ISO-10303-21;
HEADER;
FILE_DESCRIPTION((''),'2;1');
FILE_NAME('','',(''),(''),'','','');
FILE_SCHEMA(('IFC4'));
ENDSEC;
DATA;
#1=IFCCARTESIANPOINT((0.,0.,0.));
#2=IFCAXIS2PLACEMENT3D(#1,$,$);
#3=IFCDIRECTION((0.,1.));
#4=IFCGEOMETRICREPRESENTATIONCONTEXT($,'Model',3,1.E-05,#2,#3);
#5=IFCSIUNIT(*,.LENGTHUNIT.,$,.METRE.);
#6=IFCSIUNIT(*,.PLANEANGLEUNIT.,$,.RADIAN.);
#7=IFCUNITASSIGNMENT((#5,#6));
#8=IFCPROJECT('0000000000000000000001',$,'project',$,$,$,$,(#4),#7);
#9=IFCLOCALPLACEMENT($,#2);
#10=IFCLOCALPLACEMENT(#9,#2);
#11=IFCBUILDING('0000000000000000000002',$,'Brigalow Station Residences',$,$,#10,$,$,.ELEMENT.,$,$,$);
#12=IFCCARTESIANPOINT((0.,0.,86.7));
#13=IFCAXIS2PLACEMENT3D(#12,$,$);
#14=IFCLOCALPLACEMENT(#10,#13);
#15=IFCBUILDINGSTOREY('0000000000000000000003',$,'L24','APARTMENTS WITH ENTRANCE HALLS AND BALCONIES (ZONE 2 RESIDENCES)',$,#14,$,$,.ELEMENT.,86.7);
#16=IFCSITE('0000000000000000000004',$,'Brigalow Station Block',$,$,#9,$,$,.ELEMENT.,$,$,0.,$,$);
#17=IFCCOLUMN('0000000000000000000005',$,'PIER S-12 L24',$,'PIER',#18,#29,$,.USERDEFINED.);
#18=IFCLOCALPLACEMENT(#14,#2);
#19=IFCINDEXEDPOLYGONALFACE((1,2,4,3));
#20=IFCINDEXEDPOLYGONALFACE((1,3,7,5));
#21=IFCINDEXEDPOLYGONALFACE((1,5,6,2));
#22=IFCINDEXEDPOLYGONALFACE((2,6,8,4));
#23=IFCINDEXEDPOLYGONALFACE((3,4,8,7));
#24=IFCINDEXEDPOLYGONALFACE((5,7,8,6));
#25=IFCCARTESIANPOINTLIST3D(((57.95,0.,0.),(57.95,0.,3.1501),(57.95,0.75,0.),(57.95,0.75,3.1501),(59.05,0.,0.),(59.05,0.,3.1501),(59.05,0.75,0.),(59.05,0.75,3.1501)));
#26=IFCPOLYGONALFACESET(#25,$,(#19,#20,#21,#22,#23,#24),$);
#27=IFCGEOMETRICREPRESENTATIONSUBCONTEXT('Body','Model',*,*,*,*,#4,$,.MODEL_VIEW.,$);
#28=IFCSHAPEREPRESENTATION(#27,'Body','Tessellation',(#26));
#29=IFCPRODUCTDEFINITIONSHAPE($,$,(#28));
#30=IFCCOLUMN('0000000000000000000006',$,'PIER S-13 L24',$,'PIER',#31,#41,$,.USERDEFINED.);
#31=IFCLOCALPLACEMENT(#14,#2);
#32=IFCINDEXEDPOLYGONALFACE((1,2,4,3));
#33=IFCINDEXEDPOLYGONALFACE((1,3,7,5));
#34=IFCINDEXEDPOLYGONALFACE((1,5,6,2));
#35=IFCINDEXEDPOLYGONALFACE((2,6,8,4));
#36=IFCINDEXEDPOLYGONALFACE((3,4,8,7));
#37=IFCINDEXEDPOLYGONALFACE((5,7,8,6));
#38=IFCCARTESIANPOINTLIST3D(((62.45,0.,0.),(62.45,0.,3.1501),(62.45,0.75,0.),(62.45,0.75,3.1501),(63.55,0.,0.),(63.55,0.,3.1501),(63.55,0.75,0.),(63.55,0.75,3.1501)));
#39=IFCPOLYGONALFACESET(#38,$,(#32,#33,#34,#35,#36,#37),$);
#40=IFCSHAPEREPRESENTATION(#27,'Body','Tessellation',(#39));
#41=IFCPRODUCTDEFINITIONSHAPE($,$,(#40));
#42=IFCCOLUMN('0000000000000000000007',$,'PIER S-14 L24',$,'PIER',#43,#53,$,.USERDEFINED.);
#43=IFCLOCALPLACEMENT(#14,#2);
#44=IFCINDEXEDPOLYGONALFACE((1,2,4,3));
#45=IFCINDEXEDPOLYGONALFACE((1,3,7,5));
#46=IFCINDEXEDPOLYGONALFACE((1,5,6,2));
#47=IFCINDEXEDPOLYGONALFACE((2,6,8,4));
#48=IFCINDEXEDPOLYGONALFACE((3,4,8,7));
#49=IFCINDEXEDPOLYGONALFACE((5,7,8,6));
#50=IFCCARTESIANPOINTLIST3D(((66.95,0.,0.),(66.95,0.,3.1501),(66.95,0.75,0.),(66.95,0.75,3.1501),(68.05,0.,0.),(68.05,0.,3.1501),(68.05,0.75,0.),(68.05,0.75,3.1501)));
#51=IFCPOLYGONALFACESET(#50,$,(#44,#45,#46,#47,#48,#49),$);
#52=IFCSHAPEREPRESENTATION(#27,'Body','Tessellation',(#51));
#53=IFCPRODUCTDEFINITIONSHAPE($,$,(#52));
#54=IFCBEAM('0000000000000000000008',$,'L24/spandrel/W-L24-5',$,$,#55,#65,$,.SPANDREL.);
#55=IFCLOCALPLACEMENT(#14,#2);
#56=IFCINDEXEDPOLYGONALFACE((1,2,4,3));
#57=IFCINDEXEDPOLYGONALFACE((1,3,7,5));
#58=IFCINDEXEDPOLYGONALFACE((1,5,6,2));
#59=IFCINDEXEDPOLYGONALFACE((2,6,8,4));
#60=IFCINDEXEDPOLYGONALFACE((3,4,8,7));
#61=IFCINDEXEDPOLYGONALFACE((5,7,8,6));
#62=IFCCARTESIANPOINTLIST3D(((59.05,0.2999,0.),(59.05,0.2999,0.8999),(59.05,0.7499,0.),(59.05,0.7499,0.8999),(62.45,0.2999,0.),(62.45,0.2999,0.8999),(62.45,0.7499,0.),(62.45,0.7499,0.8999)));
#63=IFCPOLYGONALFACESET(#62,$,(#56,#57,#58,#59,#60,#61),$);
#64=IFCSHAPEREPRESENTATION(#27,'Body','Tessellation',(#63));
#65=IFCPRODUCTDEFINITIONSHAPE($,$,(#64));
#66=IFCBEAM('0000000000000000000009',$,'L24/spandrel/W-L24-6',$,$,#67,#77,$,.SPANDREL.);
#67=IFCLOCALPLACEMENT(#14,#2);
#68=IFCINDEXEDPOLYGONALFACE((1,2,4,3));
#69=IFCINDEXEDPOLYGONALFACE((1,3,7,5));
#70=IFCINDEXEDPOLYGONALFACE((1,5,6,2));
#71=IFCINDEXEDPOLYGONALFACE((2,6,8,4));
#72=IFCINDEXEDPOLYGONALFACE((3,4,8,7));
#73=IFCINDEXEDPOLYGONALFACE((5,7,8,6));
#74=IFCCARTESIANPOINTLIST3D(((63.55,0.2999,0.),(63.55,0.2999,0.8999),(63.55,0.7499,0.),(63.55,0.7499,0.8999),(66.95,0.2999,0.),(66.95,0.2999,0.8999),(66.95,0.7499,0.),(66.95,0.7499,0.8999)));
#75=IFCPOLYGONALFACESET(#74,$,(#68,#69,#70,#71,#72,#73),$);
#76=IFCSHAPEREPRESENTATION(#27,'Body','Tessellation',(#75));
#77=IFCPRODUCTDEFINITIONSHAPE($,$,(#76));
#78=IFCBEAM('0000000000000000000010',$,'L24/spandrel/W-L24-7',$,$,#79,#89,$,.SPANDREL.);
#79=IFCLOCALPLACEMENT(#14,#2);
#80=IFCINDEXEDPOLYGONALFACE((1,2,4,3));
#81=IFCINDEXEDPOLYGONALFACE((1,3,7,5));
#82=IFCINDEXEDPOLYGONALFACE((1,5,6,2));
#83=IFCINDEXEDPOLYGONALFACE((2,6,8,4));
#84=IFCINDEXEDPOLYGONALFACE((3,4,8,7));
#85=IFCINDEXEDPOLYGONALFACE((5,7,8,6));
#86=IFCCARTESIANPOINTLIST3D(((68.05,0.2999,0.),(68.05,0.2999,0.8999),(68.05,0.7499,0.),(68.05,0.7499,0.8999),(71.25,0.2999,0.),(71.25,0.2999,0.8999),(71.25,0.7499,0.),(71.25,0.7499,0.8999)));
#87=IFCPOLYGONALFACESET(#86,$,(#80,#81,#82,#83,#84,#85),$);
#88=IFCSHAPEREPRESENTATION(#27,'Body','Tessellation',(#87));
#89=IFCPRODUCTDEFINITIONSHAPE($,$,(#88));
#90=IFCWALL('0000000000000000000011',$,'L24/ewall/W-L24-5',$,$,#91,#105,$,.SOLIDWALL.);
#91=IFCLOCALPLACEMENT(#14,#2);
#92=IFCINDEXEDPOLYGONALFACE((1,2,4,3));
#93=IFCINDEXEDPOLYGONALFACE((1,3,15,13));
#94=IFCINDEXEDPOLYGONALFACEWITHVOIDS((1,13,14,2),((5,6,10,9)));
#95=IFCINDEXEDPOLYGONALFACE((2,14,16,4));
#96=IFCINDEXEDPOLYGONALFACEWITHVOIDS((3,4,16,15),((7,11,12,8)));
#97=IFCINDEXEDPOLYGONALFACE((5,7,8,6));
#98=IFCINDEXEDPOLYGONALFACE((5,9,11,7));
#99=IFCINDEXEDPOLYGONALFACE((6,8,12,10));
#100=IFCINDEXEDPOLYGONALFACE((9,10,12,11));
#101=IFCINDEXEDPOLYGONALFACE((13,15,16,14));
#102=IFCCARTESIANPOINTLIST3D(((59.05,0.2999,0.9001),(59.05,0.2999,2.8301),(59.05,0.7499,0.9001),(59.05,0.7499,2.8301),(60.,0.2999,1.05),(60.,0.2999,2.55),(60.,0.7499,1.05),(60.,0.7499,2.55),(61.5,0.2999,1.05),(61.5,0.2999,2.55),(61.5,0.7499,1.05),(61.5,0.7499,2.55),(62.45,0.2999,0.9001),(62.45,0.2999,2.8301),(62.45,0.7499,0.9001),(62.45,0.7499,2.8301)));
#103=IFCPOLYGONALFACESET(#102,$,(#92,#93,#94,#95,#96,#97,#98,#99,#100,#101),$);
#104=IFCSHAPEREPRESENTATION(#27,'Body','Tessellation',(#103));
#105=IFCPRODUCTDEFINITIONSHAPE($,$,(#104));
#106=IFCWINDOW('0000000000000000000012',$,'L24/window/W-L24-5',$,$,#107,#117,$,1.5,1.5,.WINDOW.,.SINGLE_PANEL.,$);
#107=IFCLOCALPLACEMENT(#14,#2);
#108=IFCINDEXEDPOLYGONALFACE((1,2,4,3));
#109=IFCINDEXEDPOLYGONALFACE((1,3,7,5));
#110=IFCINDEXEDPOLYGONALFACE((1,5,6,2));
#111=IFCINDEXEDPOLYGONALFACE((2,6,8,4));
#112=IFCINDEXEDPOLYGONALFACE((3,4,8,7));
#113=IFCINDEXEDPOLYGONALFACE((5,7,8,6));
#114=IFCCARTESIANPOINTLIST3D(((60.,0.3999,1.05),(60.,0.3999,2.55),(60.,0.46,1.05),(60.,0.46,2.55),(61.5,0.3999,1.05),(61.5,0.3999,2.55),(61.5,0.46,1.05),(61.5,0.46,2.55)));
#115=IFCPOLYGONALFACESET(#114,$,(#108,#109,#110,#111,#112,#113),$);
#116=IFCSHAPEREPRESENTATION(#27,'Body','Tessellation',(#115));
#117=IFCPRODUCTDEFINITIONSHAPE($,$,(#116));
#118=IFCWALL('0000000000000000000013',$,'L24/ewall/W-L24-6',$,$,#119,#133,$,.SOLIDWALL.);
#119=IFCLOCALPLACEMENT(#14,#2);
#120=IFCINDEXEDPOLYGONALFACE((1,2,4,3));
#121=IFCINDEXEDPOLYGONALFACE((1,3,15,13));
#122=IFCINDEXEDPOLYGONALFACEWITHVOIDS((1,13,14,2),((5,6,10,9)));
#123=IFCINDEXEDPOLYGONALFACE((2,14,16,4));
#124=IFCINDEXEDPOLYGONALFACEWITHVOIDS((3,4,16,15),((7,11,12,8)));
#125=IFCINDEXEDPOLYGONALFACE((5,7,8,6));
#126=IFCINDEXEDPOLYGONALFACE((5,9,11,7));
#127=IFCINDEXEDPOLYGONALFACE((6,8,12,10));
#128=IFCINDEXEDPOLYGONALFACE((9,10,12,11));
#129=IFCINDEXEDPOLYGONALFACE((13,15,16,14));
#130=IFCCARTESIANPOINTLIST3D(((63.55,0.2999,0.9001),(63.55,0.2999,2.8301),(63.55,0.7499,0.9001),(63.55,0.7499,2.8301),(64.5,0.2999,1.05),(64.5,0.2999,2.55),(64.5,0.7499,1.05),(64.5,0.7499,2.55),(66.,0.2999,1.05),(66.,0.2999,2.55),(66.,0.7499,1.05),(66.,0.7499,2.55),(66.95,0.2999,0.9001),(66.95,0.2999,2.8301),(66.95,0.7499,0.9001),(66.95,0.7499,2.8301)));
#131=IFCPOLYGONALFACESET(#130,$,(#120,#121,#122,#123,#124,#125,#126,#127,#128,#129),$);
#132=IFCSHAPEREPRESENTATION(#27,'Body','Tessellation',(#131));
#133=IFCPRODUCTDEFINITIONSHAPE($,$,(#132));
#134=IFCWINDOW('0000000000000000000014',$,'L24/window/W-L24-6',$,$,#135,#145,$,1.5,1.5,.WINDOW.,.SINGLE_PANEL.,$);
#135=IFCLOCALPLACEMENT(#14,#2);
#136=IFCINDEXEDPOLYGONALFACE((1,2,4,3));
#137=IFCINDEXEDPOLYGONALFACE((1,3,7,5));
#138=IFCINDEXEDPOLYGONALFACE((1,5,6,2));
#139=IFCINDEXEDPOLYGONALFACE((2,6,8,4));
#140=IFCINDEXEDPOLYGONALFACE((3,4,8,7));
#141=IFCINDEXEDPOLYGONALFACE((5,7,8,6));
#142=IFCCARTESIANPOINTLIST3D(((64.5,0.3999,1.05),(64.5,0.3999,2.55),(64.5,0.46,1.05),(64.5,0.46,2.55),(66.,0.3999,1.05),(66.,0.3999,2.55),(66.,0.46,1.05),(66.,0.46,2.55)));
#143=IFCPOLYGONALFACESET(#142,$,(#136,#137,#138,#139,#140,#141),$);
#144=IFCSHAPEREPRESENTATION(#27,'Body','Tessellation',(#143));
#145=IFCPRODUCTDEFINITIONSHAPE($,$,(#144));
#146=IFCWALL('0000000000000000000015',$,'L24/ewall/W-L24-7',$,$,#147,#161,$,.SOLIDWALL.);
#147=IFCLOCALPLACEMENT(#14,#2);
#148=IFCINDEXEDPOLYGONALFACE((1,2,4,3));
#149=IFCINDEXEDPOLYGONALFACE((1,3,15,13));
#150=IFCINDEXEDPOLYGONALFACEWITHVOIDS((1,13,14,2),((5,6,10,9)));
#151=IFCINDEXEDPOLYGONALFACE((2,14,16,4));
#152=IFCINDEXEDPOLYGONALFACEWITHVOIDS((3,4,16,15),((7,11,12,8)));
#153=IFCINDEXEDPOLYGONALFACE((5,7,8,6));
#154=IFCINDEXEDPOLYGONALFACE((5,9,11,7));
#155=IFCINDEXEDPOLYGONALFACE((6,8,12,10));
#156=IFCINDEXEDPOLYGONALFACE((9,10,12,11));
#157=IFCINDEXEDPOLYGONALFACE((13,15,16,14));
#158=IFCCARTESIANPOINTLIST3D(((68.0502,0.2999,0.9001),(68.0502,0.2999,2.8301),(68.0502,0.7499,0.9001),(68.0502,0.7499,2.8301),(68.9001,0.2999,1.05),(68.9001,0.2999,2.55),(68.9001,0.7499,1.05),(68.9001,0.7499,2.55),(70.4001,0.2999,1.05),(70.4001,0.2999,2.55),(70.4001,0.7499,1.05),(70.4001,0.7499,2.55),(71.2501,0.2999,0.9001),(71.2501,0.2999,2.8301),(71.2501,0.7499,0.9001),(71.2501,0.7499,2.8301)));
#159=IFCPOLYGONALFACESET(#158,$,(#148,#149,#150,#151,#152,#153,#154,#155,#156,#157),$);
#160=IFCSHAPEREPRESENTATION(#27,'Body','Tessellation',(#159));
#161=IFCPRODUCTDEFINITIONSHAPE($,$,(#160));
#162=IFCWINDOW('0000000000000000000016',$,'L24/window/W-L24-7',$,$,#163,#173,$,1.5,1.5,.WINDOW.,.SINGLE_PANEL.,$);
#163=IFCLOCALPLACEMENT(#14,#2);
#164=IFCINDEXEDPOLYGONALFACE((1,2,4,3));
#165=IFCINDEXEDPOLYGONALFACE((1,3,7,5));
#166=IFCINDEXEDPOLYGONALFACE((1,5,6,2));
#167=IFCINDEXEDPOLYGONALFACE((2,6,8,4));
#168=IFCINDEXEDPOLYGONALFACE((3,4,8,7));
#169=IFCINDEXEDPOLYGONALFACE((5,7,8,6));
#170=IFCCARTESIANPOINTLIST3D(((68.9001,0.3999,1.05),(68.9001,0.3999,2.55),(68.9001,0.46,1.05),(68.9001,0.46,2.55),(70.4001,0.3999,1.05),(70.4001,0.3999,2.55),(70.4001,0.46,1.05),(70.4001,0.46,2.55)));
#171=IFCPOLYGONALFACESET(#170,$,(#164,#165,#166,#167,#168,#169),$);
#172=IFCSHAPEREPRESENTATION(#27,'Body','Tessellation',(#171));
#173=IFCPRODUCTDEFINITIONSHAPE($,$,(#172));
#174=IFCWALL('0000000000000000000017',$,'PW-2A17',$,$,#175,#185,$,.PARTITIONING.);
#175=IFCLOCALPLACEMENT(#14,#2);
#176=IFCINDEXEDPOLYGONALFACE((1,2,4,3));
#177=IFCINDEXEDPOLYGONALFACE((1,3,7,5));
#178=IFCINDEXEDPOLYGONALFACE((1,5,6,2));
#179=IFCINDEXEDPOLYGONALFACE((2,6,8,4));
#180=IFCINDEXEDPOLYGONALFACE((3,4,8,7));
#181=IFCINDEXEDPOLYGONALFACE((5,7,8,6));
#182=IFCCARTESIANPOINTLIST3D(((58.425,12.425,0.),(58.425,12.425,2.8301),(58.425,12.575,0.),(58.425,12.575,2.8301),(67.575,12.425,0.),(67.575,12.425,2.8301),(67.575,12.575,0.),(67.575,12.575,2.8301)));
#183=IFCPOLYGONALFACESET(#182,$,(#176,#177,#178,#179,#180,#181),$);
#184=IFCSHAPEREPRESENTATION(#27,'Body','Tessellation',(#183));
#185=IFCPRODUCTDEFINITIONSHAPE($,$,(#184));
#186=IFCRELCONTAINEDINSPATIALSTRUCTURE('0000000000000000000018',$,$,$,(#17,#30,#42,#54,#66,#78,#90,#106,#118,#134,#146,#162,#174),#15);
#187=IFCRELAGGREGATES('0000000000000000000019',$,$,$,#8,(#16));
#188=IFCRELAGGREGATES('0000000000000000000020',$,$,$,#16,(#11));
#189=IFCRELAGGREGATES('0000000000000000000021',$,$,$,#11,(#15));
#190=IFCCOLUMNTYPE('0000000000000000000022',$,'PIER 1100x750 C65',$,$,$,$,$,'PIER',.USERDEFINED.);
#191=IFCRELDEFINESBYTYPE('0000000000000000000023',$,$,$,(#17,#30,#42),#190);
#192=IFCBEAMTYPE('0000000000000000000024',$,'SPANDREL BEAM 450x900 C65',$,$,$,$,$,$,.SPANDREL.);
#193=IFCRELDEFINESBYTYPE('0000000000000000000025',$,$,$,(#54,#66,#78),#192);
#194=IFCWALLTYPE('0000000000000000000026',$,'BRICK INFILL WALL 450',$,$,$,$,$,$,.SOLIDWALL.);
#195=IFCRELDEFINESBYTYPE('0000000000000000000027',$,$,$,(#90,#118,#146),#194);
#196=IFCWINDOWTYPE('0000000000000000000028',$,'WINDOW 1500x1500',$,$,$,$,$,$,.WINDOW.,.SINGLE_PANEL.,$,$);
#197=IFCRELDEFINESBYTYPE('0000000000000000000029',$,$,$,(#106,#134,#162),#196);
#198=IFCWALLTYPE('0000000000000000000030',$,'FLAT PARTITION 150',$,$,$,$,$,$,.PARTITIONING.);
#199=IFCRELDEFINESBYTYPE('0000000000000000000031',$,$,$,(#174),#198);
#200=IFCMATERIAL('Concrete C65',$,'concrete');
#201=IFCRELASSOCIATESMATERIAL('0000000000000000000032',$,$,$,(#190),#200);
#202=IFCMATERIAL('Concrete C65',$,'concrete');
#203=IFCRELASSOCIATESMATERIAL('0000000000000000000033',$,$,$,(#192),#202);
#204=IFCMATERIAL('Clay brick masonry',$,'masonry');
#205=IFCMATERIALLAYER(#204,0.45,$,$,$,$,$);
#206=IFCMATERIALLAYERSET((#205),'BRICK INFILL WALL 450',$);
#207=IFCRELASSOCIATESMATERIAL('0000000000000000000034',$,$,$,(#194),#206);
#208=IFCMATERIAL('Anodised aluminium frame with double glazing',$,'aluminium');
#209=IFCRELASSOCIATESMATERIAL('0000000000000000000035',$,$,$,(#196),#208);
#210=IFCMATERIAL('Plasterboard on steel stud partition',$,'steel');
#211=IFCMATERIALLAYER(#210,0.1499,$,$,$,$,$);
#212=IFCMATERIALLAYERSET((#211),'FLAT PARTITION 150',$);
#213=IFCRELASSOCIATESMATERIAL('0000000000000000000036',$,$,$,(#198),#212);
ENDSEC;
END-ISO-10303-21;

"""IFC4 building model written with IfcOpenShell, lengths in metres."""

from ifc_helpers import new_model, si_unit, direction, frame, frame_2d, origin, origin_2d, place, context, subcontext, project, spatial, rectangle, extrude, material, layer, layer_set, material_profile, profile_set, type_object, element, fill, save


model = new_model("IFC4")

# Units and contexts
model_context = context("Model", 3, precision=1e-05, world=origin(), true_north=direction((0.0, 1.0)))
body_context = subcontext(model_context, "Body", "Model", "MODEL_VIEW")
ifc_project = project(units=[si_unit("LENGTHUNIT", "METRE"), si_unit("PLANEANGLEUNIT", "RADIAN")], contexts=[model_context])

# Site, building, storey
site_placement = place(None, origin())
site = spatial("IfcSite", under=ifc_project, at=site_placement, Name="Brigalow Station Block", CompositionType="ELEMENT", RefElevation=0.0)
building_placement = place(site_placement, origin())
building = spatial("IfcBuilding", under=site, at=building_placement, Name="Brigalow Station Residences", CompositionType="ELEMENT")
storey_placement = place(building_placement, frame((0.0, 0.0, 86.7)))
storey = spatial("IfcBuildingStorey", under=building, at=storey_placement, Name="L24", Description="APARTMENTS WITH ENTRANCE HALLS AND BALCONIES (ZONE 2 RESIDENCES)", CompositionType="ELEMENT", Elevation=86.7)

# Columns
ifc_material_1 = material(Name="Concrete C65", Category="concrete")
ifc_material_profile_1 = material_profile(ifc_material_1, rectangle(XDim=1.1001, YDim=0.75, at=origin_2d()), Name="RC1100x750")
ifc_profile_set_1 = profile_set([ifc_material_profile_1], Name="Concrete C65")
column_type = type_object("IfcColumnType", Name="PIER 1100x750 C65", ElementType="PIER", PredefinedType="USERDEFINED", material=ifc_profile_set_1)
for number, where, z_axis, x_axis, name in (
    (1, (58.5, 0.375, 0.0), (0.0, 0.0, 1.0), (1.0, 0.0, 0.0), "PIER S-12 L24"),
    (2, (63.0, 0.375, 0.0), (0.0, 0.0, 1.0), (1.0, 0.0, 0.0), "PIER S-13 L24"),
    (3, (67.5, 0.375, 0.0), (0.0, 0.0, 1.0), (1.0, 0.0, 0.0), "PIER S-14 L24"),
):
    element("IfcColumn", number, at=place(storey_placement, frame(where, z_axis=z_axis, x_axis=x_axis)), inside=storey, type_object=column_type, Name=name, ObjectType="PIER", PredefinedType="USERDEFINED", context=body_context, shape_type="SweptSolid", body=[
        extrude(rectangle(XDim=1.1001, YDim=0.75, at=origin_2d()), origin(), (0.0, 0.0, 1.0), 3.1501),
    ])

# Beams
ifc_material_2 = material(Name="Concrete C65", Category="concrete")
ifc_material_profile_2 = material_profile(ifc_material_2, rectangle(XDim=0.45, YDim=0.8999, at=origin_2d()), Name="RC450x900")
ifc_profile_set_2 = profile_set([ifc_material_profile_2], Name="Concrete C65")
beam_type = type_object("IfcBeamType", Name="SPANDREL BEAM 450x900 C65", PredefinedType="SPANDREL", material=ifc_profile_set_2)
for number, where, z_axis, x_axis, name in (
    (4, (59.05, 0.5249, 0.45), (1.0, 0.0, 0.0), (0.0, 1.0, 0.0), "L24/spandrel/W-L24-5"),
    (5, (63.55, 0.5249, 0.45), (1.0, 0.0, 0.0), (0.0, 1.0, 0.0), "L24/spandrel/W-L24-6"),
):
    element("IfcBeam", number, at=place(storey_placement, frame(where, z_axis=z_axis, x_axis=x_axis)), inside=storey, type_object=beam_type, Name=name, PredefinedType="SPANDREL", context=body_context, shape_type="SweptSolid", body=[
        extrude(rectangle(XDim=0.45, YDim=0.8999, at=origin_2d()), origin(), (0.0, 0.0, 1.0), 3.3999),
    ])
beam_placement = place(storey_placement, frame((68.05, 0.5249, 0.45), z_axis=(1.0, 0.0, 0.0), x_axis=(0.0, 1.0, 0.0)))
element("IfcBeam", 6, at=beam_placement, inside=storey, type_object=beam_type, Name="L24/spandrel/W-L24-7", PredefinedType="SPANDREL", context=body_context, shape_type="SweptSolid", body=[
    extrude(rectangle(XDim=0.45, YDim=0.8999, at=origin_2d()), origin(), (0.0, 0.0, 1.0), 3.2),
])

# Walls, openings, windows
ifc_material_3 = material(Name="Clay brick masonry", Category="masonry")
ifc_layer_1 = layer(ifc_material_3, 0.45)
ifc_layer_set_1 = layer_set([ifc_layer_1], Name="BRICK INFILL WALL 450")
wall_type_1 = type_object("IfcWallType", Name="BRICK INFILL WALL 450", PredefinedType="SOLIDWALL", material=ifc_layer_set_1)
wall_1_placement = place(storey_placement, frame((59.05, 0.5249, 0.9001), z_axis=(0.0, 0.0, 1.0), x_axis=(1.0, 0.0, 0.0)))
wall_1 = element("IfcWall", 7, at=wall_1_placement, inside=storey, type_object=wall_type_1, Name="L24/ewall/W-L24-5", PredefinedType="SOLIDWALL", context=body_context, shape_type="SweptSolid", body=[
    extrude(rectangle(XDim=3.3999, YDim=0.45, at=frame_2d((1.7, 0.0))), origin(), (0.0, 0.0, 1.0), 1.9299),
])
opening_1_placement = place(wall_1_placement, frame((0.95, 0.0, 0.1499)))
opening_1 = element("IfcOpeningElement", 8, at=opening_1_placement, cuts=wall_1, PredefinedType="OPENING", context=body_context, shape_type="SweptSolid", body=[
    extrude(rectangle(XDim=1.5, YDim=1.5, at=frame_2d((0.75, 0.75))), frame((0.0, 0.2349, 0.0), z_axis=(0.0, -1.0, 0.0), x_axis=(1.0, 0.0, 0.0)), (0.0, 0.0, 1.0), 0.47),
])
ifc_material_4 = material(Name="Anodised aluminium frame with double glazing", Category="aluminium")
window_type = type_object("IfcWindowType", Name="WINDOW 1500x1500", PartitioningType="SINGLE_PANEL", PredefinedType="WINDOW", material=ifc_material_4)
window_1_placement = place(opening_1_placement, origin())
window_1 = element("IfcWindow", 9, at=window_1_placement, inside=storey, type_object=window_type, Name="L24/window/W-L24-5", OverallHeight=1.5, OverallWidth=1.5, PartitioningType="SINGLE_PANEL", PredefinedType="WINDOW", context=body_context, shape_type="SweptSolid", body=[
    extrude(rectangle(XDim=1.5, YDim=1.5, at=frame_2d((0.75, 0.75))), frame((0.0, -0.0649, 0.0), z_axis=(0.0, -1.0, 0.0), x_axis=(1.0, 0.0, 0.0)), (0.0, 0.0, 1.0), 0.0601),
])
fill(opening_1, window_1)
wall_2_placement = place(storey_placement, frame((63.55, 0.5249, 0.9001), z_axis=(0.0, 0.0, 1.0), x_axis=(1.0, 0.0, 0.0)))
wall_2 = element("IfcWall", 10, at=wall_2_placement, inside=storey, type_object=wall_type_1, Name="L24/ewall/W-L24-6", PredefinedType="SOLIDWALL", context=body_context, shape_type="SweptSolid", body=[
    extrude(rectangle(XDim=3.3999, YDim=0.45, at=frame_2d((1.7, 0.0))), origin(), (0.0, 0.0, 1.0), 1.9299),
])
opening_2_placement = place(wall_2_placement, frame((0.95, 0.0, 0.1499)))
opening_2 = element("IfcOpeningElement", 11, at=opening_2_placement, cuts=wall_2, PredefinedType="OPENING", context=body_context, shape_type="SweptSolid", body=[
    extrude(rectangle(XDim=1.5, YDim=1.5, at=frame_2d((0.75, 0.75))), frame((0.0, 0.2349, 0.0), z_axis=(0.0, -1.0, 0.0), x_axis=(1.0, 0.0, 0.0)), (0.0, 0.0, 1.0), 0.47),
])
window_2_placement = place(opening_2_placement, origin())
window_2 = element("IfcWindow", 12, at=window_2_placement, inside=storey, type_object=window_type, Name="L24/window/W-L24-6", OverallHeight=1.5, OverallWidth=1.5, PartitioningType="SINGLE_PANEL", PredefinedType="WINDOW", context=body_context, shape_type="SweptSolid", body=[
    extrude(rectangle(XDim=1.5, YDim=1.5, at=frame_2d((0.75, 0.75))), frame((0.0, -0.0649, 0.0), z_axis=(0.0, -1.0, 0.0), x_axis=(1.0, 0.0, 0.0)), (0.0, 0.0, 1.0), 0.0601),
])
fill(opening_2, window_2)
wall_3_placement = place(storey_placement, frame((68.05, 0.5249, 0.9001), z_axis=(0.0, 0.0, 1.0), x_axis=(1.0, 0.0, 0.0)))
wall_3 = element("IfcWall", 13, at=wall_3_placement, inside=storey, type_object=wall_type_1, Name="L24/ewall/W-L24-7", PredefinedType="SOLIDWALL", context=body_context, shape_type="SweptSolid", body=[
    extrude(rectangle(XDim=3.2, YDim=0.45, at=frame_2d((1.6001, 0.0))), origin(), (0.0, 0.0, 1.0), 1.9299),
])
opening_3_placement = place(wall_3_placement, frame((0.8501, 0.0, 0.1499)))
opening_3 = element("IfcOpeningElement", 14, at=opening_3_placement, cuts=wall_3, PredefinedType="OPENING", context=body_context, shape_type="SweptSolid", body=[
    extrude(rectangle(XDim=1.5, YDim=1.5, at=frame_2d((0.75, 0.75))), frame((0.0, 0.2349, 0.0), z_axis=(0.0, -1.0, 0.0), x_axis=(1.0, 0.0, 0.0)), (0.0, 0.0, 1.0), 0.47),
])
window_3_placement = place(opening_3_placement, origin())
window_3 = element("IfcWindow", 15, at=window_3_placement, inside=storey, type_object=window_type, Name="L24/window/W-L24-7", OverallHeight=1.5, OverallWidth=1.5, PartitioningType="SINGLE_PANEL", PredefinedType="WINDOW", context=body_context, shape_type="SweptSolid", body=[
    extrude(rectangle(XDim=1.5, YDim=1.5, at=frame_2d((0.75, 0.75))), frame((0.0, -0.0649, 0.0), z_axis=(0.0, -1.0, 0.0), x_axis=(1.0, 0.0, 0.0)), (0.0, 0.0, 1.0), 0.0601),
])
fill(opening_3, window_3)

# Wall
ifc_material_5 = material(Name="Plasterboard on steel stud partition", Category="steel")
ifc_layer_2 = layer(ifc_material_5, 0.1499)
ifc_layer_set_2 = layer_set([ifc_layer_2], Name="FLAT PARTITION 150")
wall_type_2 = type_object("IfcWallType", Name="FLAT PARTITION 150", PredefinedType="PARTITIONING", material=ifc_layer_set_2)
wall_4_placement = place(storey_placement, frame((58.425, 12.5, 0.0), z_axis=(0.0, 0.0, 1.0), x_axis=(1.0, 0.0, 0.0)))
element("IfcWall", 16, at=wall_4_placement, inside=storey, type_object=wall_type_2, Name="PW-2A17", PredefinedType="PARTITIONING", context=body_context, shape_type="SweptSolid", body=[
    extrude(rectangle(XDim=9.1499, YDim=0.1499, at=frame_2d((4.575, 0.0))), origin(), (0.0, 0.0, 1.0), 2.8301),
])

save(model, "model.ifc")
